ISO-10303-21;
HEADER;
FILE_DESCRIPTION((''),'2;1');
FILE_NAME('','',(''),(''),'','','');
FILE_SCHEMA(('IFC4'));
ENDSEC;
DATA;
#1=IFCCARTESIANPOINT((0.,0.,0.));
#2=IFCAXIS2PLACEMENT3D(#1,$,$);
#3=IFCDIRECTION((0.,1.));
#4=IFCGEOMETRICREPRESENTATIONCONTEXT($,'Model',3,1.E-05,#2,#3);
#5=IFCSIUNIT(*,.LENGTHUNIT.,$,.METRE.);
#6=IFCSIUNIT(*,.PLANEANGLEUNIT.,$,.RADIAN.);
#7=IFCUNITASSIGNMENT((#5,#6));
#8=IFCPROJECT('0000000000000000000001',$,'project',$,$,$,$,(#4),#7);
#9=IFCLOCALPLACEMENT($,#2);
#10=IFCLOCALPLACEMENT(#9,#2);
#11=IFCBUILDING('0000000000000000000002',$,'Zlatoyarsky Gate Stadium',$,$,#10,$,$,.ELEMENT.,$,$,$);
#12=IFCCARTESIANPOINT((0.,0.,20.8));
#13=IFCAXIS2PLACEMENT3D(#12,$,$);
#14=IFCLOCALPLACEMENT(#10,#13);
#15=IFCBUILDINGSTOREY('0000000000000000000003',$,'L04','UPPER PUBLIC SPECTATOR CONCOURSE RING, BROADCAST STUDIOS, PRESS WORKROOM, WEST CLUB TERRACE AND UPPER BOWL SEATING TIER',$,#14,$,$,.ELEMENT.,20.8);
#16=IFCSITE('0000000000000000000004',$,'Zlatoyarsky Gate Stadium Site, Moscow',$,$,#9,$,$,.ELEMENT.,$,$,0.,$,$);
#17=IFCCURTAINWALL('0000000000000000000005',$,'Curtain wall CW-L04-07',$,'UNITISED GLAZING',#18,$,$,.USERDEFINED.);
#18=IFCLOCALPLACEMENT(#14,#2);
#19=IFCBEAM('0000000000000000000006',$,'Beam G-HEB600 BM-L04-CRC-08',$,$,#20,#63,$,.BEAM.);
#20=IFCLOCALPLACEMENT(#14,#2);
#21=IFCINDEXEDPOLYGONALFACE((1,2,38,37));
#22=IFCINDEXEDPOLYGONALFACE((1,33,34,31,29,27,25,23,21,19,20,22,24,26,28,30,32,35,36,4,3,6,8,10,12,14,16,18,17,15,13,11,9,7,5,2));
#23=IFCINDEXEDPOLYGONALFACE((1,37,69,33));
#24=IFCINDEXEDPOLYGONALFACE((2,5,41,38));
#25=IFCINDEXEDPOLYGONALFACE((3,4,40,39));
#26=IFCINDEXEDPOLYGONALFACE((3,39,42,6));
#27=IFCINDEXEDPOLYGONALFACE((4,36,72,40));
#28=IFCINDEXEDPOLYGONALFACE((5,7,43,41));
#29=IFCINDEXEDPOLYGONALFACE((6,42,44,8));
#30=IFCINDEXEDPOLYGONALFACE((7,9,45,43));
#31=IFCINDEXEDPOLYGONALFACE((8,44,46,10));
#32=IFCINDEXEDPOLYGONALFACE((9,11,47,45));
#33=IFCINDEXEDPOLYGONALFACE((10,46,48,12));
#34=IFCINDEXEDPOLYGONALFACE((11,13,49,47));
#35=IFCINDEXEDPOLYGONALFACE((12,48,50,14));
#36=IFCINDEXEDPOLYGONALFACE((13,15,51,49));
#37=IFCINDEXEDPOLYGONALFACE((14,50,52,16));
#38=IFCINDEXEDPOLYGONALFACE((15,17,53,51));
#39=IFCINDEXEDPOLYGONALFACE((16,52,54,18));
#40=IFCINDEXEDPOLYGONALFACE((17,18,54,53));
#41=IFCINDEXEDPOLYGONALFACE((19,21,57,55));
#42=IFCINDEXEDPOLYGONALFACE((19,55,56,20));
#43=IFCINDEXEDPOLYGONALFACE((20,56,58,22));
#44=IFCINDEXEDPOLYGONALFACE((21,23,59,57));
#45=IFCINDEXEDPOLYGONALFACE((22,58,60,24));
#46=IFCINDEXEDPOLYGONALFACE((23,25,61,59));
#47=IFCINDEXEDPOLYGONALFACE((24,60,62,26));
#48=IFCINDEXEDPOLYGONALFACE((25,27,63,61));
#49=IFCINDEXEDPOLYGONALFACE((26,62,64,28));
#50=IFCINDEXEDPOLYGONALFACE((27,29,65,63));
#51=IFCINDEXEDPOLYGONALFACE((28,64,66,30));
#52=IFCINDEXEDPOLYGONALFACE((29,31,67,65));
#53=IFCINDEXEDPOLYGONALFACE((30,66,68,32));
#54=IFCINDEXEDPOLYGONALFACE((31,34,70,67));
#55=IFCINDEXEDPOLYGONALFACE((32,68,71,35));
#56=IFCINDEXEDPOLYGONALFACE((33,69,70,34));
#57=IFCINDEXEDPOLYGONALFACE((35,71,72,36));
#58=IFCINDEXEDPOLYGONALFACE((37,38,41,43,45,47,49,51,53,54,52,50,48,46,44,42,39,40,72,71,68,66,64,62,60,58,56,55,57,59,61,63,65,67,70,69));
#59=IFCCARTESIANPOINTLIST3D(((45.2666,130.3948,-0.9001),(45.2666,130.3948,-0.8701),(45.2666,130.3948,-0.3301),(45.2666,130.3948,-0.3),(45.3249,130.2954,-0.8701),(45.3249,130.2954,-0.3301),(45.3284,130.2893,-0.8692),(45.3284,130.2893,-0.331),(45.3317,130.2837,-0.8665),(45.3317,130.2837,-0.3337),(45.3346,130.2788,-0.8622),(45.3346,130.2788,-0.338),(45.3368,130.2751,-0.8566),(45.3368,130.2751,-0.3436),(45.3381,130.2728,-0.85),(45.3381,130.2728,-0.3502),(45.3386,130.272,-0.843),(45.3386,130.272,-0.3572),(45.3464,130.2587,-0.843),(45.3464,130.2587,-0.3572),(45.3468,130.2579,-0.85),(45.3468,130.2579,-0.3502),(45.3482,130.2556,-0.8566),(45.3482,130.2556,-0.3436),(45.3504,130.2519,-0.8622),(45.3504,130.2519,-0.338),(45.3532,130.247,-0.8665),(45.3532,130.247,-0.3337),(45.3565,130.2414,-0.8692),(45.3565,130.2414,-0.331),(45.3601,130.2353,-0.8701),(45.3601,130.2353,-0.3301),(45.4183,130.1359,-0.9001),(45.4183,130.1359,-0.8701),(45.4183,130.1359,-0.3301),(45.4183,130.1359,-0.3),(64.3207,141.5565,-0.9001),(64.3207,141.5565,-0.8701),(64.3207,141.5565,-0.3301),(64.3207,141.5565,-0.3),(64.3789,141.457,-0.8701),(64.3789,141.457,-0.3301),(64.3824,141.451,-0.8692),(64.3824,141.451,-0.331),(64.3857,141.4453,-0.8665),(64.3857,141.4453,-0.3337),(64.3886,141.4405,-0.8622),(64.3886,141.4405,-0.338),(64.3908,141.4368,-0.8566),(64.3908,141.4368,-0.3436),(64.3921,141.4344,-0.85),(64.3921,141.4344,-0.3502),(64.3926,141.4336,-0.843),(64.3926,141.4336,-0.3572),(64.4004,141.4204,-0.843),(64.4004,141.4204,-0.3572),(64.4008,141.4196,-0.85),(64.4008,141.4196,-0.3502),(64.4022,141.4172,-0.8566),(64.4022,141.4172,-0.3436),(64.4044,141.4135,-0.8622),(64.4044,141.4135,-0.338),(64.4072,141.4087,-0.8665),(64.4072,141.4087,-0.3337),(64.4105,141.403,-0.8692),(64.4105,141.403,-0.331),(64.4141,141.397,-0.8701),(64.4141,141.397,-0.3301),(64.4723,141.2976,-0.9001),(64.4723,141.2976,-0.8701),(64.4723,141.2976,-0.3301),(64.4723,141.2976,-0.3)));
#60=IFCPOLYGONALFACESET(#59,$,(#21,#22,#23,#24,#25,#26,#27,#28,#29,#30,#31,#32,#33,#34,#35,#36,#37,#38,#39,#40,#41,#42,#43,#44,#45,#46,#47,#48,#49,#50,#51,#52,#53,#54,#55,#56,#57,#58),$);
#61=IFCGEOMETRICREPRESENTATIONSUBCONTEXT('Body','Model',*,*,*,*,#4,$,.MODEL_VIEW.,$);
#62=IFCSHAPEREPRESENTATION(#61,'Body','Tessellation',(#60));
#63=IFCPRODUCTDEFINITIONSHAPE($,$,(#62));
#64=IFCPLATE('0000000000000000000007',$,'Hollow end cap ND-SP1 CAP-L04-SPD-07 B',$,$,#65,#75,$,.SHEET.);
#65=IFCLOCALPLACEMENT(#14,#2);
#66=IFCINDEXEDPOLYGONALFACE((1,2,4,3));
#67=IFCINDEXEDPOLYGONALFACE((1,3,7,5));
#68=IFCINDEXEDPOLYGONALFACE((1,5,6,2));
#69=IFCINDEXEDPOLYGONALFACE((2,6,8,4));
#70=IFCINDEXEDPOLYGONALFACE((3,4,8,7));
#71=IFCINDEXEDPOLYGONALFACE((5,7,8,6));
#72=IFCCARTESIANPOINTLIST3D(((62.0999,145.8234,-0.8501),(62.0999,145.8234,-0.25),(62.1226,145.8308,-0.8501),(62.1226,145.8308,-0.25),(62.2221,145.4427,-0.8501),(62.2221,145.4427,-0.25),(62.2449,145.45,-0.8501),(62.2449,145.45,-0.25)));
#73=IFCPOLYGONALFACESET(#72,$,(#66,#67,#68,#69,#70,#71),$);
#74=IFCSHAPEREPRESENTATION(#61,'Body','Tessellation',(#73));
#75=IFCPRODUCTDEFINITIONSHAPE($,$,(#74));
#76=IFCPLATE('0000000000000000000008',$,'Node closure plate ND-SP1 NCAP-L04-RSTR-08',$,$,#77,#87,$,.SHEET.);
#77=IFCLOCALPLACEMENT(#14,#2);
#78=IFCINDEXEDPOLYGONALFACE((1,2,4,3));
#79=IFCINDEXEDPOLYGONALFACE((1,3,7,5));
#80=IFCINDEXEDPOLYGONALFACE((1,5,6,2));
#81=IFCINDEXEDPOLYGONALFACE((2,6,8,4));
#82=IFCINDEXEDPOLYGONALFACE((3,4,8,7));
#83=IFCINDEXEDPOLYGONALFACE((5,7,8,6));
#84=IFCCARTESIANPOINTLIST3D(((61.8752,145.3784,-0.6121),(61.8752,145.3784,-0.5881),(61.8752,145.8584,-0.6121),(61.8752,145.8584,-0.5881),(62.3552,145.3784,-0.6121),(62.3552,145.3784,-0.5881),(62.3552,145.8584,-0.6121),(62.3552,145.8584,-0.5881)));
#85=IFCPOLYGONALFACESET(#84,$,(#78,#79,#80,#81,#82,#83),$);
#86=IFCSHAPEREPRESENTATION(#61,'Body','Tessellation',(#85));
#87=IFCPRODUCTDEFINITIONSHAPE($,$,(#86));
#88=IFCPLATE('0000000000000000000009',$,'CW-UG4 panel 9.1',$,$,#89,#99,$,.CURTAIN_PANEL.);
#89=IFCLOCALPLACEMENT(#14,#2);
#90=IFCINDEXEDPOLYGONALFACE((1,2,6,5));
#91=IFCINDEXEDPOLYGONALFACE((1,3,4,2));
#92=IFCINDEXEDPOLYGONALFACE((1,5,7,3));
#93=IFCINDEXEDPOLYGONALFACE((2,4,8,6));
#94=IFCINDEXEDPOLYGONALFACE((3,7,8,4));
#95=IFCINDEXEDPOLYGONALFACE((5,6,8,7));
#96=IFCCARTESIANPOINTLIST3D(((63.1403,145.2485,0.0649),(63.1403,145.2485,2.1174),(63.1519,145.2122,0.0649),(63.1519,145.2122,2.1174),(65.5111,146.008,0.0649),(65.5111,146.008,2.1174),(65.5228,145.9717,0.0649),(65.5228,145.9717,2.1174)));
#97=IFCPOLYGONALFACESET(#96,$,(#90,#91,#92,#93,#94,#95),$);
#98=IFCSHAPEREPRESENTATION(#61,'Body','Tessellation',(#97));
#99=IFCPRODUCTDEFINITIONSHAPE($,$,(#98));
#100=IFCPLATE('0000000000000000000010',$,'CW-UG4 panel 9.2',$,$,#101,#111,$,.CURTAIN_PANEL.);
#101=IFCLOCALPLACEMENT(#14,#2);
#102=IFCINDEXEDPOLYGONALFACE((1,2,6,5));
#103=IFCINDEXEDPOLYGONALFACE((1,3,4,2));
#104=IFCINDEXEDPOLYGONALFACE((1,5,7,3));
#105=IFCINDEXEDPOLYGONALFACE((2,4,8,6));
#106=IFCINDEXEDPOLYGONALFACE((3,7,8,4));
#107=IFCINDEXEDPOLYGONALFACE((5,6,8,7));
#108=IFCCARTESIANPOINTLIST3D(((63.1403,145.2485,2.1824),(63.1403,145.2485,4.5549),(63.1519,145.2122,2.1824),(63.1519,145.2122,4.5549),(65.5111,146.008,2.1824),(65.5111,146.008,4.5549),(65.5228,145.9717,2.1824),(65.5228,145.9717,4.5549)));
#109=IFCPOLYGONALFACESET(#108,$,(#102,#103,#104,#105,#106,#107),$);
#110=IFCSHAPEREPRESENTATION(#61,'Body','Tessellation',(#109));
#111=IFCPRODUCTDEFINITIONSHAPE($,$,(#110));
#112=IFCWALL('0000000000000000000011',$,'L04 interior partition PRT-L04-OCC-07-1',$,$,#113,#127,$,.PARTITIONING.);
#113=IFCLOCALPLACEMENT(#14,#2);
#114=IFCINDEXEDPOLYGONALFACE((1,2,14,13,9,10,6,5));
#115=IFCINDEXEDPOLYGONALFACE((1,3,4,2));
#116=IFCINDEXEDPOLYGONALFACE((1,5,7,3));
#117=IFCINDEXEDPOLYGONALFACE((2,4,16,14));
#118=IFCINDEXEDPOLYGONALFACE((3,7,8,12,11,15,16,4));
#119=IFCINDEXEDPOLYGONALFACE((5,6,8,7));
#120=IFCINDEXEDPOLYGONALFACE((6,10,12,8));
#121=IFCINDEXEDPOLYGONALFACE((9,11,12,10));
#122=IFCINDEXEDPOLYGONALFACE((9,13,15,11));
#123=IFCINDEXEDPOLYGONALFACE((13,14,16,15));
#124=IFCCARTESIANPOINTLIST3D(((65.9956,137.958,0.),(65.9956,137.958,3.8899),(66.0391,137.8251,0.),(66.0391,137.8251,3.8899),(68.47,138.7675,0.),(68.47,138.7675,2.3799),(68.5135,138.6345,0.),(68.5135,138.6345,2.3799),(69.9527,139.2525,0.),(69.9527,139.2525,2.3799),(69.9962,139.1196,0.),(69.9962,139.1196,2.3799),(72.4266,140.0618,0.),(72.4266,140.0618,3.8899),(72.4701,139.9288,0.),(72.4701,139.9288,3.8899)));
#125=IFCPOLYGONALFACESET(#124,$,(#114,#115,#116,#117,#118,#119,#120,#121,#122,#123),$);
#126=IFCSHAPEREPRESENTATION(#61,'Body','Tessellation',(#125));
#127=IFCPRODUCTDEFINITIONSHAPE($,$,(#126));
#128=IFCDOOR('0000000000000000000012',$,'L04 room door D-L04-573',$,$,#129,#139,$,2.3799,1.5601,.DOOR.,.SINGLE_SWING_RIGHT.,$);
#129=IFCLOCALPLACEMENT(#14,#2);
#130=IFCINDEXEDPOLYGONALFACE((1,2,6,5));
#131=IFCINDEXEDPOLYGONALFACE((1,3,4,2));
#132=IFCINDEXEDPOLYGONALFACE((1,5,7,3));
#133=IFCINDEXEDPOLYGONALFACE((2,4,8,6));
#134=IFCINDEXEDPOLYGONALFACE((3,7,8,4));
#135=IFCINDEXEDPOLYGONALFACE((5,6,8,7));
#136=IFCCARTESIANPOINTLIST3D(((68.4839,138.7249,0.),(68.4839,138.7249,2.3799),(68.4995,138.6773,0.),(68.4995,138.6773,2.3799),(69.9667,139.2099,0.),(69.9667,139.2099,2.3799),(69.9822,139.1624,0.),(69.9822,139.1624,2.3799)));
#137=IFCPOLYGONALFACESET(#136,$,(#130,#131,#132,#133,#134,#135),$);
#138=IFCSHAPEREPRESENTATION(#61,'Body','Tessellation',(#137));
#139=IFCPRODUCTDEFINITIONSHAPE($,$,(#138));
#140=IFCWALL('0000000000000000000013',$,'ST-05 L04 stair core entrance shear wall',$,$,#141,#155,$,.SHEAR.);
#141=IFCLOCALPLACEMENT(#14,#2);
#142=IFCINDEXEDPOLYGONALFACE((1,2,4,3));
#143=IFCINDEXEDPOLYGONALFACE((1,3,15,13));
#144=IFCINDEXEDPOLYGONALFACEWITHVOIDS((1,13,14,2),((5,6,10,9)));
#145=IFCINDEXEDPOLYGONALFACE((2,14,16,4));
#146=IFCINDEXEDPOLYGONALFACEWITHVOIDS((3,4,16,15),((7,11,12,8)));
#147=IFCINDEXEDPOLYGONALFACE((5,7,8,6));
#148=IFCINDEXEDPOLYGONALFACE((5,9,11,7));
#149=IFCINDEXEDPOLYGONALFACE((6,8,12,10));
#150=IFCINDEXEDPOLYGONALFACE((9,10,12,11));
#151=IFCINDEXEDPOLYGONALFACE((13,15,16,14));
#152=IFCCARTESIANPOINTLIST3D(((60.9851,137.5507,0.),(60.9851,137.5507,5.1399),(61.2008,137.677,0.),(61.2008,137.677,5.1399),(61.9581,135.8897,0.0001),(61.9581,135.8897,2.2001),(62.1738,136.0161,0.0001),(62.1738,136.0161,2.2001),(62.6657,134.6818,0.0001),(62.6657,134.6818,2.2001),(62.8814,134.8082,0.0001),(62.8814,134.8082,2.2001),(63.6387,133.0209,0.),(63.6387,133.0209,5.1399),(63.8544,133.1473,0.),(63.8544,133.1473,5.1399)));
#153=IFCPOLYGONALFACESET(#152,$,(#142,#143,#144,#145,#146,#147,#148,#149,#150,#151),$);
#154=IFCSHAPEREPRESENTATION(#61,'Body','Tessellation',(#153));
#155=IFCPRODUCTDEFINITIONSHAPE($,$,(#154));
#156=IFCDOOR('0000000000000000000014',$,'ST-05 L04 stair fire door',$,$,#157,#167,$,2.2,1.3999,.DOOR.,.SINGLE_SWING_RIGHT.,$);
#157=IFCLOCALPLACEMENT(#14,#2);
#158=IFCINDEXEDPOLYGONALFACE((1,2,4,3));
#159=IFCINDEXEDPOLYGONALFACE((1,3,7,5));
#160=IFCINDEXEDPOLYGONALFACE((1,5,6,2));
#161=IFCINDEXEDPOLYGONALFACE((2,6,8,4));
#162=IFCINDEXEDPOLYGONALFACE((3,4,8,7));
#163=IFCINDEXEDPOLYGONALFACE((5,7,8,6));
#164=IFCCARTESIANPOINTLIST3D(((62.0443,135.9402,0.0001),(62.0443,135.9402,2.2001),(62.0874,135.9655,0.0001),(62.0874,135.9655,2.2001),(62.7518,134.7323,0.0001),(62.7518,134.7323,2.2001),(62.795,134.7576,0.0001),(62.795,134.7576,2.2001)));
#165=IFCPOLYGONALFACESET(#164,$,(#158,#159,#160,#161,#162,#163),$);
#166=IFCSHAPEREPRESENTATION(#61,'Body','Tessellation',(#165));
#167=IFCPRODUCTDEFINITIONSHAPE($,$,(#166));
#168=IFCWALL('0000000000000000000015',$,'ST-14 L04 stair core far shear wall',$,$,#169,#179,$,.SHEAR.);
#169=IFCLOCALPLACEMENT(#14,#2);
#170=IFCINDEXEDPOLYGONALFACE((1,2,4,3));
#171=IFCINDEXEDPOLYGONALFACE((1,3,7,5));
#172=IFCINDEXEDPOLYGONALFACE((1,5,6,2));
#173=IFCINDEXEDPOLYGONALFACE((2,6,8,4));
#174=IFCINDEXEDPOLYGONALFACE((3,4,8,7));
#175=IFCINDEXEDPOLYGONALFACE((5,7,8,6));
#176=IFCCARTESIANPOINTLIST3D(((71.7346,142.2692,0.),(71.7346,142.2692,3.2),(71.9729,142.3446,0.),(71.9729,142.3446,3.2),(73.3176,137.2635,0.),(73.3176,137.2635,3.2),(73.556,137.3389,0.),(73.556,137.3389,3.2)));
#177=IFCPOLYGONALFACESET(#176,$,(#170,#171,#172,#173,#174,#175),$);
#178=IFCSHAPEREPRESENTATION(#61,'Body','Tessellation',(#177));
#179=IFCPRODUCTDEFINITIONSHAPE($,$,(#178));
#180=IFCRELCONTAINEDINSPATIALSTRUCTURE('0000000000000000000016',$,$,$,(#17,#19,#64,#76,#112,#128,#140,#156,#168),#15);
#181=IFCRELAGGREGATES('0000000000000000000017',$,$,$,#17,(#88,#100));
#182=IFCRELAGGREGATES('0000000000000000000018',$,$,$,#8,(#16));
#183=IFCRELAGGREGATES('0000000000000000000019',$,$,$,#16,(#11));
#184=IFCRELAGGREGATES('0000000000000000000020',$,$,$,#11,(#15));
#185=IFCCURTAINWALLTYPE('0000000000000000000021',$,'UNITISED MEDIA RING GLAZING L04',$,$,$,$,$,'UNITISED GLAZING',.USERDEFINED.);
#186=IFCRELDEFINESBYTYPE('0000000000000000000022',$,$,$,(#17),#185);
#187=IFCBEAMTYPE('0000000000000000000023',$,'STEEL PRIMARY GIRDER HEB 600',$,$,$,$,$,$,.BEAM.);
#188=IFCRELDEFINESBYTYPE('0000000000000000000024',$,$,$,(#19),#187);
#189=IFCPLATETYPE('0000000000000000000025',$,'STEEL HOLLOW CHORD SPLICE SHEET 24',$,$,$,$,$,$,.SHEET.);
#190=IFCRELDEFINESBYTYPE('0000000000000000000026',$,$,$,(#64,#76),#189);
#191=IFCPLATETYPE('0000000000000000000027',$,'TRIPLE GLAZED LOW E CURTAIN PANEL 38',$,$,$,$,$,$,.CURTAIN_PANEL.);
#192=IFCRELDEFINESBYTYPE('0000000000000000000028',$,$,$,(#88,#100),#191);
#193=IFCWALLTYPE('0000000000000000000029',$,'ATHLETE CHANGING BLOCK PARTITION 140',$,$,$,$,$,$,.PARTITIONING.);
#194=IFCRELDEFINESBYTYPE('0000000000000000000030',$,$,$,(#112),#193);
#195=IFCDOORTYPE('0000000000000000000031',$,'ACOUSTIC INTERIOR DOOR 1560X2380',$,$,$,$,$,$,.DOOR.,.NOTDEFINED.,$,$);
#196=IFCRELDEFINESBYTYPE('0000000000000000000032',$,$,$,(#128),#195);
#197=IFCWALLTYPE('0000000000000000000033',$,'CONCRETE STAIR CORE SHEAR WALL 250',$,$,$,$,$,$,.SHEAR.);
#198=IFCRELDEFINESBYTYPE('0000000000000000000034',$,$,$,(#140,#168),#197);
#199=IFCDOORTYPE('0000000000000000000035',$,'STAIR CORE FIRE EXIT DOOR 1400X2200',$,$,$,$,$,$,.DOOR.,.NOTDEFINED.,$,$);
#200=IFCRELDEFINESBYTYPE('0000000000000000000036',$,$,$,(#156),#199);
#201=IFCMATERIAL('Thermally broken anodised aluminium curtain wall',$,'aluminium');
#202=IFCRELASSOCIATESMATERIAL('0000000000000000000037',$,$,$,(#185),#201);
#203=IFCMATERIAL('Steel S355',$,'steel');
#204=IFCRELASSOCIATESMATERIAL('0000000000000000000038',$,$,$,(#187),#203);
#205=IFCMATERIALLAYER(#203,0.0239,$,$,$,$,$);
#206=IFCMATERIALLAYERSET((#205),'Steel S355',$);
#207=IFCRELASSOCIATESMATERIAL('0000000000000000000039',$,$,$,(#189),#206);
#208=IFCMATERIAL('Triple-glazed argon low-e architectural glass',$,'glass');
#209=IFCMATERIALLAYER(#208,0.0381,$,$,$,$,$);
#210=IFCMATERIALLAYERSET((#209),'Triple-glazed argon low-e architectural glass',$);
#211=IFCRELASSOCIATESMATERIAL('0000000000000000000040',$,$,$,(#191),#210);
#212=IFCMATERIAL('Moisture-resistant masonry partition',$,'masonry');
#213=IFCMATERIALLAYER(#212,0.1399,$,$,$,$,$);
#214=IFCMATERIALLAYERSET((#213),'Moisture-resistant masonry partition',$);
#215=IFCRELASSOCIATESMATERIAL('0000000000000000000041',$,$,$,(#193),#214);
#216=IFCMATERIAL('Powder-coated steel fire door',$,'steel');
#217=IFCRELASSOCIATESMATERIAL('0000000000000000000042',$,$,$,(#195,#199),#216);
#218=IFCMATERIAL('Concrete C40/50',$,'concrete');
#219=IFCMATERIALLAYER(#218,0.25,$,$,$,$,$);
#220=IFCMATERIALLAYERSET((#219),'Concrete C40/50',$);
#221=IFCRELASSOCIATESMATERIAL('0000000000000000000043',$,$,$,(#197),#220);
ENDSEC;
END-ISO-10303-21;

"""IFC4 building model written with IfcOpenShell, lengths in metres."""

from ifc_helpers import new_model, si_unit, direction, frame, frame_2d, origin, origin_2d, place, context, subcontext, project, spatial, rectangle, i_section, extrude, material, layer, layer_set, material_profile, profile_set, type_object, element, fill, aggregate, save


model = new_model("IFC4")

# Units and contexts
model_context = context("Model", 3, precision=1e-05, world=origin(), true_north=direction((0.0, 1.0)))
body_context = subcontext(model_context, "Body", "Model", "MODEL_VIEW")
ifc_project = project(units=[si_unit("LENGTHUNIT", "METRE"), si_unit("PLANEANGLEUNIT", "RADIAN")], contexts=[model_context])

# Site, building, storey
site_placement = place(None, origin())
site = spatial("IfcSite", under=ifc_project, at=site_placement, Name="Zlatoyarsky Gate Stadium Site, Moscow", CompositionType="ELEMENT", RefElevation=0.0)
building_placement = place(site_placement, origin())
building = spatial("IfcBuilding", under=site, at=building_placement, Name="Zlatoyarsky Gate Stadium", CompositionType="ELEMENT")
storey_placement = place(building_placement, frame((0.0, 0.0, 20.8)))
storey = spatial("IfcBuildingStorey", under=building, at=storey_placement, Name="L04", Description="UPPER PUBLIC SPECTATOR CONCOURSE RING, BROADCAST STUDIOS, PRESS WORKROOM, WEST CLUB TERRACE AND UPPER BOWL SEATING TIER", CompositionType="ELEMENT", Elevation=20.8)

# Shared definitions
ifc_material_1 = material(Name="Steel S355", Category="steel")

# Curtain wall
ifc_material_2 = material(Name="Thermally broken anodised aluminium curtain wall", Category="aluminium")
curtain_wall_type = type_object("IfcCurtainWallType", Name="UNITISED MEDIA RING GLAZING L04", ElementType="UNITISED GLAZING", PredefinedType="USERDEFINED", material=ifc_material_2)
curtain_wall_placement = place(storey_placement, origin())
curtain_wall = element("IfcCurtainWall", 1, at=curtain_wall_placement, inside=storey, type_object=curtain_wall_type, Name="Curtain wall CW-L04-07", ObjectType="UNITISED GLAZING", PredefinedType="USERDEFINED")

# Beam
ifc_material_profile_1 = material_profile(ifc_material_1, i_section(OverallWidth=0.3, OverallDepth=0.6001, WebThickness=0.0154, FlangeThickness=0.03, FilletRadius=0.0271, at=origin_2d()), Name="HEB 600")
ifc_profile_set_1 = profile_set([ifc_material_profile_1], Name="Steel S355")
beam_type_1 = type_object("IfcBeamType", Name="STEEL PRIMARY GIRDER HEB 600", PredefinedType="BEAM", material=ifc_profile_set_1)
beam_1_placement = place(storey_placement, frame((64.3965, 141.427, -0.6001), z_axis=(-0.862855, -0.505452, 0.0), x_axis=(0.505452, -0.862855, 0.0)))
element("IfcBeam", 2, at=beam_1_placement, inside=storey, type_object=beam_type_1, Name="Beam G-HEB600 BM-L04-CRC-08", PredefinedType="BEAM", context=body_context, shape_type="SweptSolid", body=[
    extrude(i_section(OverallWidth=0.3, OverallDepth=0.6001, WebThickness=0.0154, FlangeThickness=0.03, FilletRadius=0.0271, at=origin_2d()), origin(), (0.0, 0.0, 1.0), 22.0825),
])

# Plates
ifc_layer_1 = layer(ifc_material_1, 0.0239)
ifc_layer_set_1 = layer_set([ifc_layer_1], Name="Steel S355")
plate_type_1 = type_object("IfcPlateType", Name="STEEL HOLLOW CHORD SPLICE SHEET 24", PredefinedType="SHEET", material=ifc_layer_set_1)
plate_1_placement = place(storey_placement, frame((62.1724, 145.6367, -0.8501), z_axis=(0.0, 0.0, 1.0), x_axis=(-0.952146, -0.305645, 0.0)))
element("IfcPlate", 3, at=plate_1_placement, inside=storey, type_object=plate_type_1, Name="Hollow end cap ND-SP1 CAP-L04-SPD-07 B", PredefinedType="SHEET", context=body_context, shape_type="SweptSolid", body=[
    extrude(rectangle(XDim=0.0239, YDim=0.3999, at=origin_2d()), origin(), (0.0, 0.0, 1.0), 0.6001),
])
plate_2_placement = place(storey_placement, frame((62.1152, 145.6184, -0.6121), z_axis=(0.0, 0.0, 1.0), x_axis=(1.0, 0.0, 0.0)))
element("IfcPlate", 4, at=plate_2_placement, inside=storey, type_object=plate_type_1, Name="Node closure plate ND-SP1 NCAP-L04-RSTR-08", PredefinedType="SHEET", context=body_context, shape_type="SweptSolid", body=[
    extrude(rectangle(XDim=0.48, YDim=0.48, at=origin_2d()), origin(), (0.0, 0.0, 1.0), 0.0239),
])

# Plates
ifc_material_3 = material(Name="Triple-glazed argon low-e architectural glass", Category="glass")
ifc_layer_2 = layer(ifc_material_3, 0.0381)
ifc_layer_set_2 = layer_set([ifc_layer_2], Name="Triple-glazed argon low-e architectural glass")
plate_type_2 = type_object("IfcPlateType", Name="TRIPLE GLAZED LOW E CURTAIN PANEL 38", PredefinedType="CURTAIN_PANEL", material=ifc_layer_set_2)
plate_3_placement = place(storey_placement, frame((64.3315, 145.6101, 0.0649), z_axis=(0.0, 0.0, 1.0), x_axis=(-0.952331, -0.305066, 0.0)))
plate_3 = element("IfcPlate", 5, at=plate_3_placement, type_object=plate_type_2, Name="CW-UG4 panel 9.1", PredefinedType="CURTAIN_PANEL", context=body_context, shape_type="SweptSolid", body=[
    extrude(rectangle(XDim=2.4895, YDim=0.0381, at=origin_2d()), origin(), (0.0, 0.0, 1.0), 2.0525),
])
plate_4_placement = place(storey_placement, frame((64.3315, 145.6101, 2.1824), z_axis=(0.0, 0.0, 1.0), x_axis=(-0.952331, -0.305066, 0.0)))
plate_4 = element("IfcPlate", 6, at=plate_4_placement, type_object=plate_type_2, Name="CW-UG4 panel 9.2", PredefinedType="CURTAIN_PANEL", context=body_context, shape_type="SweptSolid", body=[
    extrude(rectangle(XDim=2.4895, YDim=0.0381, at=origin_2d()), origin(), (0.0, 0.0, 1.0), 2.3726),
])
aggregate(curtain_wall, [plate_3, plate_4])

# Walls, openings, doors
ifc_material_4 = material(Name="Moisture-resistant masonry partition", Category="masonry")
ifc_layer_3 = layer(ifc_material_4, 0.1399)
ifc_layer_set_3 = layer_set([ifc_layer_3], Name="Moisture-resistant masonry partition")
wall_type_1 = type_object("IfcWallType", Name="ATHLETE CHANGING BLOCK PARTITION 140", PredefinedType="PARTITIONING", material=ifc_layer_set_3)
wall_1_placement = place(storey_placement, frame((72.4485, 139.9954, 0.0), z_axis=(0.0, 0.0, 1.0), x_axis=(-0.950436, -0.310919, 0.0)))
wall_1 = element("IfcWall", 7, at=wall_1_placement, inside=storey, type_object=wall_type_1, Name="L04 interior partition PRT-L04-OCC-07-1", PredefinedType="PARTITIONING", context=body_context, shape_type="SweptSolid", body=[
    extrude(rectangle(XDim=6.7664, YDim=0.1399, at=frame_2d((3.3833, 0.0))), origin(), (0.0, 0.0, 1.0), 3.8899),
])
opening_1_placement = place(wall_1_placement, frame((2.603, 0.0, 0.0)))
opening_1 = element("IfcOpeningElement", 8, at=opening_1_placement, cuts=wall_1, PredefinedType="OPENING", context=body_context, shape_type="SweptSolid", body=[
    extrude(rectangle(XDim=1.5601, YDim=2.3799, at=frame_2d((0.78, 1.1899))), frame((0.0, 0.0798, 0.0), z_axis=(0.0, -1.0, 0.0), x_axis=(1.0, 0.0, 0.0)), (0.0, 0.0, 1.0), 0.1599),
])
ifc_material_5 = material(Name="Powder-coated steel fire door", Category="steel")
door_type_1 = type_object("IfcDoorType", Name="ACOUSTIC INTERIOR DOOR 1560X2380", OperationType="NOTDEFINED", PredefinedType="DOOR", material=ifc_material_5)
door_1_placement = place(opening_1_placement, origin())
door_1 = element("IfcDoor", 9, at=door_1_placement, inside=storey, type_object=door_type_1, Name="L04 room door D-L04-573", OperationType="SINGLE_SWING_RIGHT", OverallHeight=2.3799, OverallWidth=1.5601, PredefinedType="DOOR", context=body_context, shape_type="SweptSolid", body=[
    extrude(rectangle(XDim=1.5601, YDim=2.3799, at=frame_2d((0.78, 1.1899))), frame((0.0, 0.0249, 0.0), z_axis=(0.0, -1.0, 0.0), x_axis=(1.0, 0.0, 0.0)), (0.0, 0.0, 1.0), 0.05),
])
fill(opening_1, door_1)
ifc_material_6 = material(Name="Concrete C40/50", Category="concrete")
ifc_layer_4 = layer(ifc_material_6, 0.25)
ifc_layer_set_4 = layer_set([ifc_layer_4], Name="Concrete C40/50")
wall_type_2 = type_object("IfcWallType", Name="CONCRETE STAIR CORE SHEAR WALL 250", PredefinedType="SHEAR", material=ifc_layer_set_4)
wall_2_placement = place(storey_placement, frame((63.7466, 133.084, 0.0), z_axis=(0.0, 0.0, 1.0), x_axis=(-0.50546, 0.86285, 0.0)))
wall_2 = element("IfcWall", 10, at=wall_2_placement, inside=storey, type_object=wall_type_2, Name="ST-05 L04 stair core entrance shear wall", PredefinedType="SHEAR", context=body_context, shape_type="SweptSolid", body=[
    extrude(rectangle(XDim=5.2498, YDim=0.25, at=frame_2d((2.625, 0.0))), origin(), (0.0, 0.0, 1.0), 5.1399),
])
opening_2_placement = place(wall_2_placement, frame((1.925, 0.0, 0.0)))
opening_2 = element("IfcOpeningElement", 11, at=opening_2_placement, cuts=wall_2, PredefinedType="OPENING", context=body_context, shape_type="SweptSolid", body=[
    extrude(rectangle(XDim=1.3999, YDim=2.2, at=frame_2d((0.7, 1.1001))), frame((0.0, 0.135, 0.0), z_axis=(0.0, -1.0, 0.0), x_axis=(1.0, 0.0, 0.0)), (0.0, 0.0, 1.0), 0.27),
])
door_type_2 = type_object("IfcDoorType", Name="STAIR CORE FIRE EXIT DOOR 1400X2200", OperationType="NOTDEFINED", PredefinedType="DOOR", material=ifc_material_5)
door_2_placement = place(opening_2_placement, frame((1.3999, 0.0, 0.0), z_axis=(0.0, 0.0, 1.0), x_axis=(-1.0, 0.0, 0.0)))
door_2 = element("IfcDoor", 12, at=door_2_placement, inside=storey, type_object=door_type_2, Name="ST-05 L04 stair fire door", OperationType="SINGLE_SWING_RIGHT", OverallHeight=2.2, OverallWidth=1.3999, PredefinedType="DOOR", context=body_context, shape_type="SweptSolid", body=[
    extrude(rectangle(XDim=1.3999, YDim=2.2, at=frame_2d((0.7, 1.1001))), frame((0.0, 0.0249, 0.0), z_axis=(0.0, -1.0, 0.0), x_axis=(1.0, 0.0, 0.0)), (0.0, 0.0, 1.0), 0.05),
])
fill(opening_2, door_2)

# Wall
wall_3_placement = place(storey_placement, frame((71.8538, 142.3069, 0.0), z_axis=(0.0, 0.0, 1.0), x_axis=(0.301527, -0.953457, 0.0)))
element("IfcWall", 13, at=wall_3_placement, inside=storey, type_object=wall_type_2, Name="ST-14 L04 stair core far shear wall", PredefinedType="SHEAR", context=body_context, shape_type="SweptSolid", body=[
    extrude(rectangle(XDim=5.25, YDim=0.25, at=frame_2d((2.625, 0.0))), origin(), (0.0, 0.0, 1.0), 3.2),
])

save(model, "model.ifc")
